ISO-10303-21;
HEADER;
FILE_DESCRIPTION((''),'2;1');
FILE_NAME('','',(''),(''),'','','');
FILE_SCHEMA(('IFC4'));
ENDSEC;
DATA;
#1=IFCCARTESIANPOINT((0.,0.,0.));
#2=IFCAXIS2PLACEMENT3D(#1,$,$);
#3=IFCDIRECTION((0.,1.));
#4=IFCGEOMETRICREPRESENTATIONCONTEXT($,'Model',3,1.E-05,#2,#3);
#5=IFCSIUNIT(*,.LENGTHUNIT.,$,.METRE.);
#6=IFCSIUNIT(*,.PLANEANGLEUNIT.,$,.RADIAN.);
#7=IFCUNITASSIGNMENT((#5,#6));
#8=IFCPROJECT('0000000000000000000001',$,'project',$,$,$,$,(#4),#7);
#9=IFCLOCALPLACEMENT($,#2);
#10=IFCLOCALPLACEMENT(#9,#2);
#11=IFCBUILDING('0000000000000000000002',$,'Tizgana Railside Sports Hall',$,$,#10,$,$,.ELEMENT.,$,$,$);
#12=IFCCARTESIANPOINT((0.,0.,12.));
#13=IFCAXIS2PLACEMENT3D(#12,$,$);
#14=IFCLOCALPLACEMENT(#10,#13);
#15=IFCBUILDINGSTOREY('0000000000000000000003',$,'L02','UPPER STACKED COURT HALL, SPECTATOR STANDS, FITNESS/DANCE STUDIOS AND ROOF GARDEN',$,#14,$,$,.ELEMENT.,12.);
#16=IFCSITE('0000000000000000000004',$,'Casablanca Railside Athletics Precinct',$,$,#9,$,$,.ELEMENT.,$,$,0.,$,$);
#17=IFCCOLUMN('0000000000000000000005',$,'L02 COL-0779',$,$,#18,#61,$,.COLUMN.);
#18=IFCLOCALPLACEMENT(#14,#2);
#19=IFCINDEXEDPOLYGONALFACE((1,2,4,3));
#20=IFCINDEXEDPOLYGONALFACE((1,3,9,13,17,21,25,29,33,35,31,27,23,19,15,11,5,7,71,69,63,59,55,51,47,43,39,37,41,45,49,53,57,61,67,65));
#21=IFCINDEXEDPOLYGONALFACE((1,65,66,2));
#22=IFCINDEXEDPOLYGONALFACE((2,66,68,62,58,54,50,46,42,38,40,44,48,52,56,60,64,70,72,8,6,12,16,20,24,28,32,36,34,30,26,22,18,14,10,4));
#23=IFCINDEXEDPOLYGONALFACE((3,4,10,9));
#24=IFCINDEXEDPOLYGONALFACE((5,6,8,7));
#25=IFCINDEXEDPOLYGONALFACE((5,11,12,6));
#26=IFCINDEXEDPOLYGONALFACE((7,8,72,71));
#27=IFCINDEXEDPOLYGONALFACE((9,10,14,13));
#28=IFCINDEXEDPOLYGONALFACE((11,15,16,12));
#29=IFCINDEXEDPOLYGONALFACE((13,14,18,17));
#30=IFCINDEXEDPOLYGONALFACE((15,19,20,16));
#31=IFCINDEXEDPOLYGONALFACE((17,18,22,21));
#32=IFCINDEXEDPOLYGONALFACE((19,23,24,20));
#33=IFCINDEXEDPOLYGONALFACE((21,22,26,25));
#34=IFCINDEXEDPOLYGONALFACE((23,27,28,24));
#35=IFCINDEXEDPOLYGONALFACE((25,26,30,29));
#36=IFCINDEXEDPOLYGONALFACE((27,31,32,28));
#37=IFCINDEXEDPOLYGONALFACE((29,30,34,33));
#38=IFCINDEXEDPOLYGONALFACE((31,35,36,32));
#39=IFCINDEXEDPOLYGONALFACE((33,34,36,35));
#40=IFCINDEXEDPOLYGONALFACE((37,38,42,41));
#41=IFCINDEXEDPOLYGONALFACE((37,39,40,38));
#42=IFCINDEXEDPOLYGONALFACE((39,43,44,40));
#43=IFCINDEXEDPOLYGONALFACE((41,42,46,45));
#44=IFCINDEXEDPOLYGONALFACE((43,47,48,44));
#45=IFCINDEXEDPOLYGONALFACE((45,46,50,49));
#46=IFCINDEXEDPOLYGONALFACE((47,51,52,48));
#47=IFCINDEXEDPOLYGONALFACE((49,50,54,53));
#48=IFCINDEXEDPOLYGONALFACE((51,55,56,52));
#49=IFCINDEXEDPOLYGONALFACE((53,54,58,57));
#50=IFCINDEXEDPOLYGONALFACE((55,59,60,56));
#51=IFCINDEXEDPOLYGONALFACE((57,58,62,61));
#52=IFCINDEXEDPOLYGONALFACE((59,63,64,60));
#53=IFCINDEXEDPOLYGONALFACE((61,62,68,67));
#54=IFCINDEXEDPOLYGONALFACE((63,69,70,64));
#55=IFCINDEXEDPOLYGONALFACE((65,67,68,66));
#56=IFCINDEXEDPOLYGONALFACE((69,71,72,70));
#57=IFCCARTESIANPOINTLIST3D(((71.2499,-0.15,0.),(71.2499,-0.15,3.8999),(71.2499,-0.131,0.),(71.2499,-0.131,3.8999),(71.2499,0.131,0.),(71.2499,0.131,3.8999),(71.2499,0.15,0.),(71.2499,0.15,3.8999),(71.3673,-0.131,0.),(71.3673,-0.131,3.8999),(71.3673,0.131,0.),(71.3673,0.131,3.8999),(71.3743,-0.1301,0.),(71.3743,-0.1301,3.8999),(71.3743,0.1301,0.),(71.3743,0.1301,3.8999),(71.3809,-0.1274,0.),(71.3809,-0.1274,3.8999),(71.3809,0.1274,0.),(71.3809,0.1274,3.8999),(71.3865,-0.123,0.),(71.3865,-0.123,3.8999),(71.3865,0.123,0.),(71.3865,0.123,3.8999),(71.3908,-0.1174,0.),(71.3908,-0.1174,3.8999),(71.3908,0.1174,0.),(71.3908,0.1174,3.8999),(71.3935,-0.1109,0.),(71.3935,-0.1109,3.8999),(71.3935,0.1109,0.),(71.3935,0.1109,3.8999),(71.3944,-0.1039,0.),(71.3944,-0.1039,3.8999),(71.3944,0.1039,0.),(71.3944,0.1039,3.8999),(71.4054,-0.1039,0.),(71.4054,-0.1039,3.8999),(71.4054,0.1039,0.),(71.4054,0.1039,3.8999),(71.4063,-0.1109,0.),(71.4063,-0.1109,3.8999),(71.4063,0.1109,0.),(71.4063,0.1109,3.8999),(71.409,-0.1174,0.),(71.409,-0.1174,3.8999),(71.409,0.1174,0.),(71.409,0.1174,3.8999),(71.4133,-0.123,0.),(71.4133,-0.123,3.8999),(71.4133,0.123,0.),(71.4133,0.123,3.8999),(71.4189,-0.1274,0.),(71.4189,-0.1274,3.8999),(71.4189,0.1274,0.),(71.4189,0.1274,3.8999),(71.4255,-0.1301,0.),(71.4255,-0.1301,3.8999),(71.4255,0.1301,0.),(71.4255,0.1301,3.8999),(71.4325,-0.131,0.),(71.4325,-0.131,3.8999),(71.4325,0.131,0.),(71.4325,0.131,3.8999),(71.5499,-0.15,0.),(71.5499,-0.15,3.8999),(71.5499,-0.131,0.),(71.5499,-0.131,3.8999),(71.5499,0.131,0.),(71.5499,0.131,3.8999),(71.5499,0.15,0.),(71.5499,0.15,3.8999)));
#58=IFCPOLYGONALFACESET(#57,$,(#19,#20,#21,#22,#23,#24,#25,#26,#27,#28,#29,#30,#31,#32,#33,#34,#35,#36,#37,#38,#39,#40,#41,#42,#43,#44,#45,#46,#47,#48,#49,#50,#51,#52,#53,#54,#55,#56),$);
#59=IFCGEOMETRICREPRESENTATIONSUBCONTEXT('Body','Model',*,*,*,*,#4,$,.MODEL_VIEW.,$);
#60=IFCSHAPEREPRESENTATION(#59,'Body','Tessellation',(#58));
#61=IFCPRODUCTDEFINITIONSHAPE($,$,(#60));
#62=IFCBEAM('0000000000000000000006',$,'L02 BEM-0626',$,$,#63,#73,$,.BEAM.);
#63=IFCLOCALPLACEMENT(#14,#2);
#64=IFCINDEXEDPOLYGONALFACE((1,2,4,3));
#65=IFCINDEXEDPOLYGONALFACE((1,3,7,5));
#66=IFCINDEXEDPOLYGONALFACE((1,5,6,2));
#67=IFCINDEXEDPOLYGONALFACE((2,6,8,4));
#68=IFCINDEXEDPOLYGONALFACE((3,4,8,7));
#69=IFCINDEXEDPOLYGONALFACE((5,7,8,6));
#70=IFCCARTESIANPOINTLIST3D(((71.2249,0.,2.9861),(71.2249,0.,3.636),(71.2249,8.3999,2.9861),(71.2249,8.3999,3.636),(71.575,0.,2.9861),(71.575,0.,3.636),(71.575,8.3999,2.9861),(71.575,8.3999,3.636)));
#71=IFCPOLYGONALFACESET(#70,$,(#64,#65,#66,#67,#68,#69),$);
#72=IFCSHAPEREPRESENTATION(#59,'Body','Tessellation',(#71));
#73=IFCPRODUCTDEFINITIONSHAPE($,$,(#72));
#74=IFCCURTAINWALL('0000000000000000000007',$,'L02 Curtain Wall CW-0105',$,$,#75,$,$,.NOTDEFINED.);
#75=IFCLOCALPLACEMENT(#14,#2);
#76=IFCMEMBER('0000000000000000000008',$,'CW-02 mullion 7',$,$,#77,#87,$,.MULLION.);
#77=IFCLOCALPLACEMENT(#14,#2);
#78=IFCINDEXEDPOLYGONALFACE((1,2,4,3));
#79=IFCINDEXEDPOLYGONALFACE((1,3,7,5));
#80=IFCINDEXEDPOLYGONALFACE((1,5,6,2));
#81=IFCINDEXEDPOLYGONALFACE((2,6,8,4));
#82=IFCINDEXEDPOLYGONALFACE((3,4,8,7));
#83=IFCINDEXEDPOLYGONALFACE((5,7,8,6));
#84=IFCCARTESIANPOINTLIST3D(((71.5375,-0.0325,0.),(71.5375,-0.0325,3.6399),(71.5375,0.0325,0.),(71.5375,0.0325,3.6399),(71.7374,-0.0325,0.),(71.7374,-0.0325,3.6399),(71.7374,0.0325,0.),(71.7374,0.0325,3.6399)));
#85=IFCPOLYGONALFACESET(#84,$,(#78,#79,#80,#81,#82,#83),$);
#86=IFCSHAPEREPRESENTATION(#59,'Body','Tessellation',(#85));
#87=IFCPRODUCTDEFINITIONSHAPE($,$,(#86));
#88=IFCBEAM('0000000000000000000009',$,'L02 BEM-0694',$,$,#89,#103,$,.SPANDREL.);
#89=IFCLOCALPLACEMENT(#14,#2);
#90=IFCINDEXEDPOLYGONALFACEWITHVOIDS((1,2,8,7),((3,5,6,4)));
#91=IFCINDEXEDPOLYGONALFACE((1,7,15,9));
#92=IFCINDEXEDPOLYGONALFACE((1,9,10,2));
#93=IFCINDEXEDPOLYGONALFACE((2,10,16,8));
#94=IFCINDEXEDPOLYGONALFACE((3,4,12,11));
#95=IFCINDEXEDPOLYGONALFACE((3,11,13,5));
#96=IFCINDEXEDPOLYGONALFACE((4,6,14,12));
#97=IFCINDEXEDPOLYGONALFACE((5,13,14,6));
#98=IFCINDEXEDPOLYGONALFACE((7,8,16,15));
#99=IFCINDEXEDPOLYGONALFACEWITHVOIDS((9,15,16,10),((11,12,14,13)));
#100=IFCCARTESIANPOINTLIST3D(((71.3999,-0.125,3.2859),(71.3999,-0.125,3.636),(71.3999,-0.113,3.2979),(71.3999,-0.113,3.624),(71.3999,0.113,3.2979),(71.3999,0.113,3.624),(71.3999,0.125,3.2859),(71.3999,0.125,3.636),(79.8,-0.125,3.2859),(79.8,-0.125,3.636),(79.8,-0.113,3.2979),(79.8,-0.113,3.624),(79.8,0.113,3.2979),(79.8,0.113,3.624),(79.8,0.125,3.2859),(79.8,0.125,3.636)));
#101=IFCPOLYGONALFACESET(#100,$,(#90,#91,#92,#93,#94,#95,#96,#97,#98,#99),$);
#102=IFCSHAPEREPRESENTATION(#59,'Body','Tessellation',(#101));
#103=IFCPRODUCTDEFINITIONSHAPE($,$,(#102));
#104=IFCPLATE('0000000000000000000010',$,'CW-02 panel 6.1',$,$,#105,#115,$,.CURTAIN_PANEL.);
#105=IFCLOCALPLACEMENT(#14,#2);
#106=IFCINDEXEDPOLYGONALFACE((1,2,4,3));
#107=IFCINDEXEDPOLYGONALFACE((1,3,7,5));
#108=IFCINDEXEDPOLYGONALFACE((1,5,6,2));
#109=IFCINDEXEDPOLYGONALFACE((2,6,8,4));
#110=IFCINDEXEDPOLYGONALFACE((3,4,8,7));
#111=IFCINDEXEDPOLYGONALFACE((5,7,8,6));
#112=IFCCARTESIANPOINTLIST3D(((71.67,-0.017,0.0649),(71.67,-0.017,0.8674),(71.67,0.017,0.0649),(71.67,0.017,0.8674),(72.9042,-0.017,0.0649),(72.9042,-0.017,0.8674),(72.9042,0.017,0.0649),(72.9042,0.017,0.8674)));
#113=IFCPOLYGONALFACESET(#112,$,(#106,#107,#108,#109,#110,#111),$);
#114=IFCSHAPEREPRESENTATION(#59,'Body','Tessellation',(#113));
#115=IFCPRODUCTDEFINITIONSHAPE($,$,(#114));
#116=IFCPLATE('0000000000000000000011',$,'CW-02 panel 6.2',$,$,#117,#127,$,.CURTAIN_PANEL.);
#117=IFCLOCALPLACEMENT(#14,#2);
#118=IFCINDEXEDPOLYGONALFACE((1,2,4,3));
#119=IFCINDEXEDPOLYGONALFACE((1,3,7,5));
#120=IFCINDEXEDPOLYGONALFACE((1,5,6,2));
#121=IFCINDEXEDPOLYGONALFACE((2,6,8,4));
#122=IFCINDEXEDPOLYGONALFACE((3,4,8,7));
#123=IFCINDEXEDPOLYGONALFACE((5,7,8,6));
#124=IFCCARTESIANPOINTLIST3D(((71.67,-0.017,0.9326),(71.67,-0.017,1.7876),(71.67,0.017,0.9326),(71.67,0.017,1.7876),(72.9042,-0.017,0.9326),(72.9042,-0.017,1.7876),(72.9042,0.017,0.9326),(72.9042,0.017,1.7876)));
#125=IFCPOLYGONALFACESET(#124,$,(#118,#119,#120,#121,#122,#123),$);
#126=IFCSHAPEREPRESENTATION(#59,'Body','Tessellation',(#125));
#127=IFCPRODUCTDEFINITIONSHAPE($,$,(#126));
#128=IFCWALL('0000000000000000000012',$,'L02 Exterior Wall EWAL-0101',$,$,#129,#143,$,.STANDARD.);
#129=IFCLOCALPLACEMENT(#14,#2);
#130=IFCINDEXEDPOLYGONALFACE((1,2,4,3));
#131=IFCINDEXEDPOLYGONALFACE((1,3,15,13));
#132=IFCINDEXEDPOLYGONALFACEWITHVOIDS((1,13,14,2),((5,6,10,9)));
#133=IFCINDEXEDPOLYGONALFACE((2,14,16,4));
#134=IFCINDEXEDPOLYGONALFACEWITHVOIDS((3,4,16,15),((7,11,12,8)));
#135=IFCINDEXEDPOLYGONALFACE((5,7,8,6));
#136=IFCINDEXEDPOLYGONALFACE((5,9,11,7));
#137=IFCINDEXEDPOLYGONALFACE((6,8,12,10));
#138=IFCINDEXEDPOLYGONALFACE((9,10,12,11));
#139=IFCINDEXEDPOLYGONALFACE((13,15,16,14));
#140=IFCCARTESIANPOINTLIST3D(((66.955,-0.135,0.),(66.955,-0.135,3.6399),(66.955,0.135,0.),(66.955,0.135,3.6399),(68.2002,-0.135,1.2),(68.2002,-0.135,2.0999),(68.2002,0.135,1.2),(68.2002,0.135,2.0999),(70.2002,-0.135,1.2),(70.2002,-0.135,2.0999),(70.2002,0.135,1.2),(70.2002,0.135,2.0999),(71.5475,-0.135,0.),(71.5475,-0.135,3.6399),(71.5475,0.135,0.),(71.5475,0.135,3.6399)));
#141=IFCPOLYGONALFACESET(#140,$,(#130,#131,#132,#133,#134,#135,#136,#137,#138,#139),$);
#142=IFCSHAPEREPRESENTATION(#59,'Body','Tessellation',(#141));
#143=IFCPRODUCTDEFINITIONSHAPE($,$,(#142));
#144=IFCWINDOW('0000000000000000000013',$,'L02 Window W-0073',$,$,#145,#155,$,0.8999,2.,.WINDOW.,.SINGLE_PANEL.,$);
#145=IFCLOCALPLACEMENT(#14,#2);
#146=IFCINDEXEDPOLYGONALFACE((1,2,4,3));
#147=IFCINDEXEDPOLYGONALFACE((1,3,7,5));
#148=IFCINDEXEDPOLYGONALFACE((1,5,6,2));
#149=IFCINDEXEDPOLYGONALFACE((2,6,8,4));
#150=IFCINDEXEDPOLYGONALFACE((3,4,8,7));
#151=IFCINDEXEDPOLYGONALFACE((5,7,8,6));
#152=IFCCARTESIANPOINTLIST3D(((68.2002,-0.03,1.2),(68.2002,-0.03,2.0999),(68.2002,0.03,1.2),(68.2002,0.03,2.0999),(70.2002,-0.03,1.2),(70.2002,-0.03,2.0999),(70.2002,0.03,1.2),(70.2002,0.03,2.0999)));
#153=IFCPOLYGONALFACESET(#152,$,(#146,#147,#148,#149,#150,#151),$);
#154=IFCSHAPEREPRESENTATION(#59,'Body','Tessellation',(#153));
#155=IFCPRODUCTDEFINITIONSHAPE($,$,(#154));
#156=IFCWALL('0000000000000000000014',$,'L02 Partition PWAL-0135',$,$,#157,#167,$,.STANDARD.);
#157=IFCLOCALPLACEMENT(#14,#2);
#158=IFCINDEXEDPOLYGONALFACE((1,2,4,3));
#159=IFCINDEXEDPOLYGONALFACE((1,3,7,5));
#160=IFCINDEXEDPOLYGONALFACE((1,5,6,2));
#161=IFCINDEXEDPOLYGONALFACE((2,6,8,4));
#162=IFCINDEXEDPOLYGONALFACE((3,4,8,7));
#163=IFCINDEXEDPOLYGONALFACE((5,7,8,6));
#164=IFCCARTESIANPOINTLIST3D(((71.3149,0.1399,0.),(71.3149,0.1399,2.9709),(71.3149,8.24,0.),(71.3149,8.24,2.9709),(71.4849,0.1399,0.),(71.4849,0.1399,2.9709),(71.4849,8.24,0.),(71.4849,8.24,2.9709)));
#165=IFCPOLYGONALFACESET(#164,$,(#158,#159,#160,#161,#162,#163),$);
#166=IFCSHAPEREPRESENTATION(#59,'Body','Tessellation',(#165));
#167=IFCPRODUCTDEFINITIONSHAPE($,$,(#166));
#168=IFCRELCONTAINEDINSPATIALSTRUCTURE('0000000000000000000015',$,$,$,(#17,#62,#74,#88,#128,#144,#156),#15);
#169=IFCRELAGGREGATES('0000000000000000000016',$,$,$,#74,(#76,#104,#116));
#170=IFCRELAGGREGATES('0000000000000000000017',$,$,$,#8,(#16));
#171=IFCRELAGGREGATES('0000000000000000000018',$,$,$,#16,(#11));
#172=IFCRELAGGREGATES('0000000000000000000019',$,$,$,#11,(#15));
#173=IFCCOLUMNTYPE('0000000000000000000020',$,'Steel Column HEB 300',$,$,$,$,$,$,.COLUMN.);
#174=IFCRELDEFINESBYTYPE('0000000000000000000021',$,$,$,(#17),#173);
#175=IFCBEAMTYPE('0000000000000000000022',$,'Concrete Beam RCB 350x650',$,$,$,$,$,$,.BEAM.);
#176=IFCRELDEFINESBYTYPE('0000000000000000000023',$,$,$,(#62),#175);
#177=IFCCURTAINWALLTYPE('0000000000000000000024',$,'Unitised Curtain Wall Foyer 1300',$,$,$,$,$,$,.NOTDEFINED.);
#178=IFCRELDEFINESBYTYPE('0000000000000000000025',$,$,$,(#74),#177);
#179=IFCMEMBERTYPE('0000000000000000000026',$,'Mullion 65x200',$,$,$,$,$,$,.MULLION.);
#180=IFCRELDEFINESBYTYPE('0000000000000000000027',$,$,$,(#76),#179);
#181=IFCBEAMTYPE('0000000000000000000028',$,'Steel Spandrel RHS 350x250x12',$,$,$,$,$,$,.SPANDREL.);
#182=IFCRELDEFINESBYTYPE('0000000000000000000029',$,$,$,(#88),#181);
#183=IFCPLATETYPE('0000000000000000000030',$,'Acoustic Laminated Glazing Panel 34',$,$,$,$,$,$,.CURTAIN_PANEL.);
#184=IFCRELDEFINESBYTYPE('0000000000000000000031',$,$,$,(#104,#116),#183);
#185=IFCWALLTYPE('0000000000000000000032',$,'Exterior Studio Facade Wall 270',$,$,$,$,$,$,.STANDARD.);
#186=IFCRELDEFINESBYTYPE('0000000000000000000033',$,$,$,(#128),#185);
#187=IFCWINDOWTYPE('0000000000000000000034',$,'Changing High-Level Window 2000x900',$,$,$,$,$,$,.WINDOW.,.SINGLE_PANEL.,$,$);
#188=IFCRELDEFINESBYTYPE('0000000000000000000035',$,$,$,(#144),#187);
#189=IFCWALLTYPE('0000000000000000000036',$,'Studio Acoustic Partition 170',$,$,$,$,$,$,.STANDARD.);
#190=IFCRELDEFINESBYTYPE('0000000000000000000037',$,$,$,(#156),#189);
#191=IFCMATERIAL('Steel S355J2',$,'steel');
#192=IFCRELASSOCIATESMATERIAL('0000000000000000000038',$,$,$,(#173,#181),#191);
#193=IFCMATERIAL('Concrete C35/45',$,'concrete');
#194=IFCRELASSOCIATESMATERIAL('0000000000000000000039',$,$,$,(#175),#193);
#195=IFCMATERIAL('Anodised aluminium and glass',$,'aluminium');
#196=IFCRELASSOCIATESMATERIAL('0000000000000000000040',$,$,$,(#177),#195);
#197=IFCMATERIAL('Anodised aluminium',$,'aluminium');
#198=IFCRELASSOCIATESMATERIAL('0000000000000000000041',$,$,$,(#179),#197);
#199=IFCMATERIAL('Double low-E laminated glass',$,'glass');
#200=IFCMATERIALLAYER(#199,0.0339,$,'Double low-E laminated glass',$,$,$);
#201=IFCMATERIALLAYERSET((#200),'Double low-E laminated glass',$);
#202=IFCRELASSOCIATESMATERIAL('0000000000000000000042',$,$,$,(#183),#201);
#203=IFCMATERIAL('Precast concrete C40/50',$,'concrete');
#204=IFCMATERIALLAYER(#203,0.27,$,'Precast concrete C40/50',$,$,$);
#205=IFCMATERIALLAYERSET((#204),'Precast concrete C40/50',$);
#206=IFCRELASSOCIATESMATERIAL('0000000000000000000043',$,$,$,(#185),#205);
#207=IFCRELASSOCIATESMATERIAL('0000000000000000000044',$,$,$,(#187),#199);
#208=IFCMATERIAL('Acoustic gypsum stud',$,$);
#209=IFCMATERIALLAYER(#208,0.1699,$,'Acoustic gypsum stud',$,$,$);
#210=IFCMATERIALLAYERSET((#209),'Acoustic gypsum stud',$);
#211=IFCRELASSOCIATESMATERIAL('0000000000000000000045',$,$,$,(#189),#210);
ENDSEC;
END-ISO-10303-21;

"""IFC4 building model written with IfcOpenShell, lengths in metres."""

from ifc_helpers import new_model, si_unit, direction, frame, frame_2d, origin, origin_2d, place, context, subcontext, project, spatial, rectangle, hollow_rectangle, i_section, extrude, material, layer, layer_set, material_profile, profile_set, type_object, element, fill, aggregate, save


model = new_model("IFC4")

# Units and contexts
model_context = context("Model", 3, precision=1e-05, world=origin(), true_north=direction((0.0, 1.0)))
body_context = subcontext(model_context, "Body", "Model", "MODEL_VIEW")
ifc_project = project(units=[si_unit("LENGTHUNIT", "METRE"), si_unit("PLANEANGLEUNIT", "RADIAN")], contexts=[model_context])

# Site, building, storey
site_placement = place(None, origin())
site = spatial("IfcSite", under=ifc_project, at=site_placement, Name="Casablanca Railside Athletics Precinct", CompositionType="ELEMENT", RefElevation=0.0)
building_placement = place(site_placement, origin())
building = spatial("IfcBuilding", under=site, at=building_placement, Name="Tizgana Railside Sports Hall", CompositionType="ELEMENT")
storey_placement = place(building_placement, frame((0.0, 0.0, 12.0)))
storey = spatial("IfcBuildingStorey", under=building, at=storey_placement, Name="L02", Description="UPPER STACKED COURT HALL, SPECTATOR STANDS, FITNESS/DANCE STUDIOS AND ROOF GARDEN", CompositionType="ELEMENT", Elevation=12.0)

# Column
ifc_material_1 = material(Name="Steel S355J2", Category="steel")
ifc_material_profile_1 = material_profile(ifc_material_1, i_section(OverallWidth=0.3, OverallDepth=0.3, WebThickness=0.011, FlangeThickness=0.019, FilletRadius=0.0271, at=origin_2d()), Name="HEB 300")
ifc_profile_set_1 = profile_set([ifc_material_profile_1], Name="Steel S355J2")
column_type = type_object("IfcColumnType", Name="Steel Column HEB 300", PredefinedType="COLUMN", material=ifc_profile_set_1)
column_placement = place(storey_placement, frame((71.3999, 0.0, 0.0), z_axis=(0.0, 0.0, 1.0), x_axis=(1.0, 0.0, 0.0)))
element("IfcColumn", 1, at=column_placement, inside=storey, type_object=column_type, Name="L02 COL-0779", PredefinedType="COLUMN", context=body_context, shape_type="SweptSolid", body=[
    extrude(i_section(OverallWidth=0.3, OverallDepth=0.3, WebThickness=0.011, FlangeThickness=0.019, FilletRadius=0.0271, at=origin_2d()), origin(), (0.0, 0.0, 1.0), 3.8999),
])

# Beam
ifc_material_2 = material(Name="Concrete C35/45", Category="concrete")
ifc_material_profile_2 = material_profile(ifc_material_2, rectangle(XDim=0.3501, YDim=0.6499, at=origin_2d()), Name="RCB 350x650")
ifc_profile_set_2 = profile_set([ifc_material_profile_2], Name="Concrete C35/45")
beam_type_1 = type_object("IfcBeamType", Name="Concrete Beam RCB 350x650", PredefinedType="BEAM", material=ifc_profile_set_2)
beam_1_placement = place(storey_placement, frame((71.3999, 0.0, 3.311), z_axis=(0.0, 1.0, 0.0), x_axis=(-1.0, 0.0, 0.0)))
element("IfcBeam", 2, at=beam_1_placement, inside=storey, type_object=beam_type_1, Name="L02 BEM-0626", PredefinedType="BEAM", context=body_context, shape_type="SweptSolid", body=[
    extrude(rectangle(XDim=0.3501, YDim=0.6499, at=origin_2d()), origin(), (0.0, 0.0, 1.0), 8.3999),
])

# Curtain wall, member
ifc_material_3 = material(Name="Anodised aluminium and glass", Category="aluminium")
curtain_wall_type = type_object("IfcCurtainWallType", Name="Unitised Curtain Wall Foyer 1300", PredefinedType="NOTDEFINED", material=ifc_material_3)
curtain_wall_placement = place(storey_placement, origin())
curtain_wall = element("IfcCurtainWall", 3, at=curtain_wall_placement, inside=storey, type_object=curtain_wall_type, Name="L02 Curtain Wall CW-0105", PredefinedType="NOTDEFINED")
ifc_material_4 = material(Name="Anodised aluminium", Category="aluminium")
ifc_material_profile_3 = material_profile(ifc_material_4, rectangle(XDim=0.0649, YDim=0.2, at=origin_2d()), Name="Mullion 65x200")
ifc_profile_set_3 = profile_set([ifc_material_profile_3], Name="Anodised aluminium")
member_type = type_object("IfcMemberType", Name="Mullion 65x200", PredefinedType="MULLION", material=ifc_profile_set_3)
member_placement = place(storey_placement, frame((71.6375, 0.0, 0.0), z_axis=(0.0, 0.0, 1.0), x_axis=(0.0, -1.0, 0.0)))
member = element("IfcMember", 4, at=member_placement, type_object=member_type, Name="CW-02 mullion 7", PredefinedType="MULLION", context=body_context, shape_type="SweptSolid", body=[
    extrude(rectangle(XDim=0.0649, YDim=0.2, at=origin_2d()), origin(), (0.0, 0.0, 1.0), 3.6399),
])

# Beam
ifc_material_profile_4 = material_profile(ifc_material_1, hollow_rectangle(XDim=0.25, YDim=0.3501, WallThickness=0.012, at=origin_2d()), Name="RHS 350x250x12")
ifc_profile_set_4 = profile_set([ifc_material_profile_4], Name="Steel S355J2")
beam_type_2 = type_object("IfcBeamType", Name="Steel Spandrel RHS 350x250x12", PredefinedType="SPANDREL", material=ifc_profile_set_4)
beam_2_placement = place(storey_placement, frame((71.3999, 0.0, 3.4609), z_axis=(1.0, 0.0, 0.0), x_axis=(0.0, 1.0, 0.0)))
element("IfcBeam", 5, at=beam_2_placement, inside=storey, type_object=beam_type_2, Name="L02 BEM-0694", PredefinedType="SPANDREL", context=body_context, shape_type="SweptSolid", body=[
    extrude(hollow_rectangle(XDim=0.25, YDim=0.3501, WallThickness=0.012, at=origin_2d()), origin(), (0.0, 0.0, 1.0), 8.4001),
])

# Plates
ifc_material_5 = material(Name="Double low-E laminated glass", Category="glass")
ifc_layer_1 = layer(ifc_material_5, 0.0339, Name="Double low-E laminated glass")
ifc_layer_set_1 = layer_set([ifc_layer_1], Name="Double low-E laminated glass")
plate_type = type_object("IfcPlateType", Name="Acoustic Laminated Glazing Panel 34", PredefinedType="CURTAIN_PANEL", material=ifc_layer_set_1)
plate_1_placement = place(storey_placement, frame((72.2871, 0.0, 0.0649), z_axis=(0.0, 0.0, 1.0), x_axis=(-1.0, 0.0, 0.0)))
plate_1 = element("IfcPlate", 6, at=plate_1_placement, type_object=plate_type, Name="CW-02 panel 6.1", PredefinedType="CURTAIN_PANEL", context=body_context, shape_type="SweptSolid", body=[
    extrude(rectangle(XDim=1.2341, YDim=0.0339, at=origin_2d()), origin(), (0.0, 0.0, 1.0), 0.8025),
])
plate_2_placement = place(storey_placement, frame((72.2871, 0.0, 0.9326), z_axis=(0.0, 0.0, 1.0), x_axis=(-1.0, 0.0, 0.0)))
plate_2 = element("IfcPlate", 7, at=plate_2_placement, type_object=plate_type, Name="CW-02 panel 6.2", PredefinedType="CURTAIN_PANEL", context=body_context, shape_type="SweptSolid", body=[
    extrude(rectangle(XDim=1.2341, YDim=0.0339, at=origin_2d()), origin(), (0.0, 0.0, 1.0), 0.855),
])
aggregate(curtain_wall, [member, plate_1, plate_2])

# Wall, opening, window
ifc_material_6 = material(Name="Precast concrete C40/50", Category="concrete")
ifc_layer_2 = layer(ifc_material_6, 0.27, Name="Precast concrete C40/50")
ifc_layer_set_2 = layer_set([ifc_layer_2], Name="Precast concrete C40/50")
wall_type_1 = type_object("IfcWallType", Name="Exterior Studio Facade Wall 270", PredefinedType="STANDARD", material=ifc_layer_set_2)
wall_1_placement = place(storey_placement, frame((71.5476, 0.0, 0.0), z_axis=(0.0, 0.0, 1.0), x_axis=(-1.0, 0.0, 0.0)))
wall_1 = element("IfcWall", 8, at=wall_1_placement, inside=storey, type_object=wall_type_1, Name="L02 Exterior Wall EWAL-0101", PredefinedType="STANDARD", context=body_context, shape_type="SweptSolid", body=[
    extrude(rectangle(XDim=4.5925, YDim=0.27, at=frame_2d((2.2964, 0.0))), origin(), (0.0, 0.0, 1.0), 3.6399),
])
opening_placement = place(wall_1_placement, frame((1.3474, 0.0, 1.2)))
opening = element("IfcOpeningElement", 9, at=opening_placement, cuts=wall_1, PredefinedType="OPENING", context=body_context, shape_type="SweptSolid", body=[
    extrude(rectangle(XDim=2.0, YDim=0.8999, at=frame_2d((1.0, 0.45))), frame((0.0, 0.145, 0.0), z_axis=(0.0, -1.0, 0.0), x_axis=(1.0, 0.0, 0.0)), (0.0, 0.0, 1.0), 0.29),
])
window_type = type_object("IfcWindowType", Name="Changing High-Level Window 2000x900", PartitioningType="SINGLE_PANEL", PredefinedType="WINDOW", material=ifc_material_5)
window_placement = place(opening_placement, origin())
window = element("IfcWindow", 10, at=window_placement, inside=storey, type_object=window_type, Name="L02 Window W-0073", OverallHeight=0.8999, OverallWidth=2.0, PartitioningType="SINGLE_PANEL", PredefinedType="WINDOW", context=body_context, shape_type="SweptSolid", body=[
    extrude(rectangle(XDim=2.0, YDim=0.8999, at=frame_2d((1.0, 0.45))), frame((0.0, 0.03, 0.0), z_axis=(0.0, -1.0, 0.0), x_axis=(1.0, 0.0, 0.0)), (0.0, 0.0, 1.0), 0.0601),
])
fill(opening, window)

# Wall
ifc_material_7 = material(Name="Acoustic gypsum stud")
ifc_layer_3 = layer(ifc_material_7, 0.1699, Name="Acoustic gypsum stud")
ifc_layer_set_3 = layer_set([ifc_layer_3], Name="Acoustic gypsum stud")
wall_type_2 = type_object("IfcWallType", Name="Studio Acoustic Partition 170", PredefinedType="STANDARD", material=ifc_layer_set_3)
wall_2_placement = place(storey_placement, frame((71.3999, 0.1399, 0.0), z_axis=(0.0, 0.0, 1.0), x_axis=(0.0, 1.0, 0.0)))
element("IfcWall", 11, at=wall_2_placement, inside=storey, type_object=wall_type_2, Name="L02 Partition PWAL-0135", PredefinedType="STANDARD", context=body_context, shape_type="SweptSolid", body=[
    extrude(rectangle(XDim=8.1001, YDim=0.1699, at=frame_2d((4.05, 0.0))), origin(), (0.0, 0.0, 1.0), 2.9709),
])

save(model, "model.ifc")
